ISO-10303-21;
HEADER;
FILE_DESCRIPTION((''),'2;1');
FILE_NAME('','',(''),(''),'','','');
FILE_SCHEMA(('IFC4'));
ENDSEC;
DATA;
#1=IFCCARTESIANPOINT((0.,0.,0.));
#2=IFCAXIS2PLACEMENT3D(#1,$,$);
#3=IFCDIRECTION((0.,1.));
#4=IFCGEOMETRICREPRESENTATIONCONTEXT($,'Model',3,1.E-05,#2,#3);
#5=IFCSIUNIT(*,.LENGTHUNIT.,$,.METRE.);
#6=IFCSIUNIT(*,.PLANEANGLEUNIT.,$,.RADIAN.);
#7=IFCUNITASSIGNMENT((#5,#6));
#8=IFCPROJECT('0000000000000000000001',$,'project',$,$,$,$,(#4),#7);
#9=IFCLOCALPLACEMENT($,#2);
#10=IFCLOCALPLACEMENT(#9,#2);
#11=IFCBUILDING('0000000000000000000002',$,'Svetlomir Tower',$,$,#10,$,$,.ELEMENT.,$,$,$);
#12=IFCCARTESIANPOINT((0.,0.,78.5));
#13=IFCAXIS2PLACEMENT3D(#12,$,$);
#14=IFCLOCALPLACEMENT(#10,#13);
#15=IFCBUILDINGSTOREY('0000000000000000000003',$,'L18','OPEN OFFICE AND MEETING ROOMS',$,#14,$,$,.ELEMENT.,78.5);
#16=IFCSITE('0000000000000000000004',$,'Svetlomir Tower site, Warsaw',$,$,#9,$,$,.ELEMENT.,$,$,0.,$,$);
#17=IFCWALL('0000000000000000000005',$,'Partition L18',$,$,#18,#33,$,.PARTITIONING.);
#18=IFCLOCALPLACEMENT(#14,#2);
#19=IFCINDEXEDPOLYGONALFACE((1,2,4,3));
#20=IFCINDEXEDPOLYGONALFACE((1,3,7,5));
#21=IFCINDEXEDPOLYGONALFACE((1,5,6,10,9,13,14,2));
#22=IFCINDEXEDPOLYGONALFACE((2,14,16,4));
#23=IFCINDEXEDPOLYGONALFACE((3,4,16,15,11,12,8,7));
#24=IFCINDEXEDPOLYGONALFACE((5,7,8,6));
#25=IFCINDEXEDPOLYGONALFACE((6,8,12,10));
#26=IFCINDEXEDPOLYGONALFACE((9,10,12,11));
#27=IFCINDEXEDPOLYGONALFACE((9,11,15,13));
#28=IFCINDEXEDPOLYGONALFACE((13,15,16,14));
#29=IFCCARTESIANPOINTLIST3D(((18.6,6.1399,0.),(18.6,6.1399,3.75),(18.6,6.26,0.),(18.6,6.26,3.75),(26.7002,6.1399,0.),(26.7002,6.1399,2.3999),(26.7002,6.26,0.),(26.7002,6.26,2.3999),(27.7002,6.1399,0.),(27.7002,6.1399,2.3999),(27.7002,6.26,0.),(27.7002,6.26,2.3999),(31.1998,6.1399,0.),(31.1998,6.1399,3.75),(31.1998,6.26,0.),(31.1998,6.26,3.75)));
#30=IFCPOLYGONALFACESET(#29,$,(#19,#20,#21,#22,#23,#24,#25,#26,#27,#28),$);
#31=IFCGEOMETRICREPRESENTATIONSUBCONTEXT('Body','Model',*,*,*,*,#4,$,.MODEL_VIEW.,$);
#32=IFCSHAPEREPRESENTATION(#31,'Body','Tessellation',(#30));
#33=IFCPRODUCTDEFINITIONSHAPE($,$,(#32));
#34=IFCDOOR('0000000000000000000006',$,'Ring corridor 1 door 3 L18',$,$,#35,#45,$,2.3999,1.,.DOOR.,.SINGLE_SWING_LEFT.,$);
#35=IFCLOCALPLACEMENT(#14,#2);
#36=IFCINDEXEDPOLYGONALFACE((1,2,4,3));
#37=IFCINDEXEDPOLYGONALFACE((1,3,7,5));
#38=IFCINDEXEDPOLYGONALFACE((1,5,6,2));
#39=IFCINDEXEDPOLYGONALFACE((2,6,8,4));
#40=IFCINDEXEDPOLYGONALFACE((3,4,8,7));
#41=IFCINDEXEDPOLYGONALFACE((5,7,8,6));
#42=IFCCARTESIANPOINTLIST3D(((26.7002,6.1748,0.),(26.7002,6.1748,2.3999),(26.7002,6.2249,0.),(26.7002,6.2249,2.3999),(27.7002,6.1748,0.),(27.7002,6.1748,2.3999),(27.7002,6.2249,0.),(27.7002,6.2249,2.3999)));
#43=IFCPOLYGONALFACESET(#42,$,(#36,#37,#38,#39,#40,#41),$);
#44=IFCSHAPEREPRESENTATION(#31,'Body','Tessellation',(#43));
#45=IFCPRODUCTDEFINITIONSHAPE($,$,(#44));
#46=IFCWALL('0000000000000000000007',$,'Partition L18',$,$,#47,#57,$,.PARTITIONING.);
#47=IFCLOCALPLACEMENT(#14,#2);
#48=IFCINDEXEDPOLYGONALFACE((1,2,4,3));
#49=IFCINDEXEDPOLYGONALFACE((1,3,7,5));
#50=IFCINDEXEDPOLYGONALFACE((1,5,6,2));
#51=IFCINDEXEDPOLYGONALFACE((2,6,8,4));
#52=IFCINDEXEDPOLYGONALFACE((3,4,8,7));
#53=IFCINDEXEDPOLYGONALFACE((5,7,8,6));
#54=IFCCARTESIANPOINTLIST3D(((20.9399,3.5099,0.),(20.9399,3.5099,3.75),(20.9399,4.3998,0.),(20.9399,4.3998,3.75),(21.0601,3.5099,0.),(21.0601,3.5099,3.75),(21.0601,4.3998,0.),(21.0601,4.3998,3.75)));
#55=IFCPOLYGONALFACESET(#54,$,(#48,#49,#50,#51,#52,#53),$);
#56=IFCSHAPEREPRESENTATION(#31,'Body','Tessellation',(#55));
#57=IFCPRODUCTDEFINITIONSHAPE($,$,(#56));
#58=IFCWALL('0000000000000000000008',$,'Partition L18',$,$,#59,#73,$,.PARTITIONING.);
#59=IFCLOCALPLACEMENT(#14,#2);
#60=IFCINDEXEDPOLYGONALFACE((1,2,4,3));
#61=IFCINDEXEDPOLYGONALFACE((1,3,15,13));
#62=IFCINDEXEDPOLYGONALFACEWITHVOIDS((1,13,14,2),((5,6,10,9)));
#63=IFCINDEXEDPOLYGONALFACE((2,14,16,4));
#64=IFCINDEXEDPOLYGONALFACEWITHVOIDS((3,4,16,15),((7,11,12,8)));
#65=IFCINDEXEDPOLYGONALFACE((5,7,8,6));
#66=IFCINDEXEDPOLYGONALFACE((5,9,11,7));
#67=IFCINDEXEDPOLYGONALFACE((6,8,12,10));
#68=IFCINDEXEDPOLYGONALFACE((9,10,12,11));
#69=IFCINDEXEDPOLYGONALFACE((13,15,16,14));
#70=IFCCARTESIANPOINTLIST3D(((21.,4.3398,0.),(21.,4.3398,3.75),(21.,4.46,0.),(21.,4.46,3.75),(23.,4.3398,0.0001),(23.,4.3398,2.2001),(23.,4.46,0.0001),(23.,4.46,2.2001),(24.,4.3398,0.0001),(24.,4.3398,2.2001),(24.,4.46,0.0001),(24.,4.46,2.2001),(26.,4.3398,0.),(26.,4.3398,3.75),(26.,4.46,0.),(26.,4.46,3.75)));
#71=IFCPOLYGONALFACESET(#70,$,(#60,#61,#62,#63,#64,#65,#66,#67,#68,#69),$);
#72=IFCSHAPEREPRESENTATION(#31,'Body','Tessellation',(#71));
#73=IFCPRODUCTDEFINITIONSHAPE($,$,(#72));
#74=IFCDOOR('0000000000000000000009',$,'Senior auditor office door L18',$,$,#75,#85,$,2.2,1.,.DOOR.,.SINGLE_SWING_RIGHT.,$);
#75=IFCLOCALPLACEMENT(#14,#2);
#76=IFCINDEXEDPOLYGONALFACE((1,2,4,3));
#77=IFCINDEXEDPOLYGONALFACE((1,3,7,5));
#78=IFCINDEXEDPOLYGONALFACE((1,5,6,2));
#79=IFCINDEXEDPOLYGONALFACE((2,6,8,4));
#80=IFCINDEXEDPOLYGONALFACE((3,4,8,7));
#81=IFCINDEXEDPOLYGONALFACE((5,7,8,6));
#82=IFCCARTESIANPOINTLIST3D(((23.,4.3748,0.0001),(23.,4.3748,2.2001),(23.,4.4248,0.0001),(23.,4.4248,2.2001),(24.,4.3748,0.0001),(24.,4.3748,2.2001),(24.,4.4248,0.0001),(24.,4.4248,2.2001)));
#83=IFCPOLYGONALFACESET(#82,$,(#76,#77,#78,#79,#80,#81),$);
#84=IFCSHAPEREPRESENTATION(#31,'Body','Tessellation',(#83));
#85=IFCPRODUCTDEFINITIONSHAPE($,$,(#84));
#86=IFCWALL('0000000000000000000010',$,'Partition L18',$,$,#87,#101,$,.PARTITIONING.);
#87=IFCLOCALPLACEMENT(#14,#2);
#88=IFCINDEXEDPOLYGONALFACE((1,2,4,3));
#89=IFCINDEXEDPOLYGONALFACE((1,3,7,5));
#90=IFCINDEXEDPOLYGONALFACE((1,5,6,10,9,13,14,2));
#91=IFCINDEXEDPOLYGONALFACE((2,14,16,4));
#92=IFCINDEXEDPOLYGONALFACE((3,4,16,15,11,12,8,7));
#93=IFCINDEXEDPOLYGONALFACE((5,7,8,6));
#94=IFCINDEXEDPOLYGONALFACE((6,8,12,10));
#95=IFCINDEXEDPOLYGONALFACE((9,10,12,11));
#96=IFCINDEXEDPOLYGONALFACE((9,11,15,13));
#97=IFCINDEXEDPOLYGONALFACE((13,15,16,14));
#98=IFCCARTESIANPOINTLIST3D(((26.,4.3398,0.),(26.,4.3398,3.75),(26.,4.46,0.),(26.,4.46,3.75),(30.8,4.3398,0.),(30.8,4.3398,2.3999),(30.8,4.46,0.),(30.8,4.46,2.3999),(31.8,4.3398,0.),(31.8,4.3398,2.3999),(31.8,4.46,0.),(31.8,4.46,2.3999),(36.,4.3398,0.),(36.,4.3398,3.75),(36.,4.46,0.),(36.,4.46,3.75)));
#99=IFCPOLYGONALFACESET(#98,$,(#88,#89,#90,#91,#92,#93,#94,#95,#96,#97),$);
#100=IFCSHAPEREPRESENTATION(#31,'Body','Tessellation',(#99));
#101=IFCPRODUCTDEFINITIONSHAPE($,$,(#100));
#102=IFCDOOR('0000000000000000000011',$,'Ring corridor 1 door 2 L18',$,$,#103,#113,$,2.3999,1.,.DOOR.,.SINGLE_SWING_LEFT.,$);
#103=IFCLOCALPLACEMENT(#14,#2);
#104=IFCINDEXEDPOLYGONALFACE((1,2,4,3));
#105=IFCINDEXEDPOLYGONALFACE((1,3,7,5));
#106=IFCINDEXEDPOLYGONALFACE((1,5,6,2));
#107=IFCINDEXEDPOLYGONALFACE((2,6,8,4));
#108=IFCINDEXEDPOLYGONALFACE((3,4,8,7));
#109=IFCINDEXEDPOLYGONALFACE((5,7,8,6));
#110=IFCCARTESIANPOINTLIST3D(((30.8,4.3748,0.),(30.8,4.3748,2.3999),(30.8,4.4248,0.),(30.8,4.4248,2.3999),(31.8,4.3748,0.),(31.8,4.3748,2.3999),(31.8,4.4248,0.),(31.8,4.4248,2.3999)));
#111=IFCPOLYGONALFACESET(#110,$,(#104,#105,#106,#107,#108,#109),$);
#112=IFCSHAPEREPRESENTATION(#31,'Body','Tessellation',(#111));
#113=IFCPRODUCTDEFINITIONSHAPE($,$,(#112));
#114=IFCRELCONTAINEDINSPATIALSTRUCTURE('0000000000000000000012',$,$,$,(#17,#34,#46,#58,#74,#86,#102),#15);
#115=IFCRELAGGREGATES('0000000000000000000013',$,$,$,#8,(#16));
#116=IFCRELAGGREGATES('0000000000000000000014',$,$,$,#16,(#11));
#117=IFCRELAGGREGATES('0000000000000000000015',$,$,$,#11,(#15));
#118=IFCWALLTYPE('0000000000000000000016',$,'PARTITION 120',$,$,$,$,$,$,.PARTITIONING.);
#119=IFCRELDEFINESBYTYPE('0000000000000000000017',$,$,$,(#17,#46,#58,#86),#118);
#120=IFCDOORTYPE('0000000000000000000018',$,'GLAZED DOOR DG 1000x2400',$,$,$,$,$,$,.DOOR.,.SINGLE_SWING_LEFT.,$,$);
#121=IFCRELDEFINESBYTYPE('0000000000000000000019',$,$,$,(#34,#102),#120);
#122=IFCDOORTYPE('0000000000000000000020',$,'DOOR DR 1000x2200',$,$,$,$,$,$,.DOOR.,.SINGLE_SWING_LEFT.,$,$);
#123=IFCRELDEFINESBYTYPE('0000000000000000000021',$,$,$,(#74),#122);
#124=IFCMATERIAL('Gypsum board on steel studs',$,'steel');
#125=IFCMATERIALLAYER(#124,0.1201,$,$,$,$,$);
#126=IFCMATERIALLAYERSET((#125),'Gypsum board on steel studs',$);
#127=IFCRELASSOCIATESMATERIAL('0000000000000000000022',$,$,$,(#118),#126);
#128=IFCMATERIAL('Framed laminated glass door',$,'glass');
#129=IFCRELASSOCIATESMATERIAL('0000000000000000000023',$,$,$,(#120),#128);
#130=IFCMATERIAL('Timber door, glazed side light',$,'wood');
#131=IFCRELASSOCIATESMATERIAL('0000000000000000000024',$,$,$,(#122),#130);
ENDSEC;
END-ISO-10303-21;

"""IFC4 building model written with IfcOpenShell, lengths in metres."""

from ifc_helpers import new_model, si_unit, direction, frame, frame_2d, origin, place, context, subcontext, project, spatial, rectangle, extrude, material, layer, layer_set, type_object, element, fill, save


model = new_model("IFC4")

# Units and contexts
model_context = context("Model", 3, precision=1e-05, world=origin(), true_north=direction((0.0, 1.0)))
body_context = subcontext(model_context, "Body", "Model", "MODEL_VIEW")
ifc_project = project(units=[si_unit("LENGTHUNIT", "METRE"), si_unit("PLANEANGLEUNIT", "RADIAN")], contexts=[model_context])

# Site, building, storey
site_placement = place(None, origin())
site = spatial("IfcSite", under=ifc_project, at=site_placement, Name="Svetlomir Tower site, Warsaw", CompositionType="ELEMENT", RefElevation=0.0)
building_placement = place(site_placement, origin())
building = spatial("IfcBuilding", under=site, at=building_placement, Name="Svetlomir Tower", CompositionType="ELEMENT")
storey_placement = place(building_placement, frame((0.0, 0.0, 78.5)))
storey = spatial("IfcBuildingStorey", under=building, at=storey_placement, Name="L18", Description="OPEN OFFICE AND MEETING ROOMS", CompositionType="ELEMENT", Elevation=78.5)

# Wall, opening, door
ifc_material_1 = material(Name="Gypsum board on steel studs", Category="steel")
ifc_layer_1 = layer(ifc_material_1, 0.1201)
ifc_layer_set_1 = layer_set([ifc_layer_1], Name="Gypsum board on steel studs")
wall_type_1 = type_object("IfcWallType", Name="PARTITION 120", PredefinedType="PARTITIONING", material=ifc_layer_set_1)
wall_1_placement = place(storey_placement, frame((18.6001, 6.2, 0.0), z_axis=(0.0, 0.0, 1.0), x_axis=(1.0, 0.0, 0.0)))
wall_1 = element("IfcWall", 1, at=wall_1_placement, inside=storey, type_object=wall_type_1, Name="Partition L18", PredefinedType="PARTITIONING", context=body_context, shape_type="SweptSolid", body=[
    extrude(rectangle(XDim=12.5999, YDim=0.1201, at=frame_2d((6.2998, 0.0))), origin(), (0.0, 0.0, 1.0), 3.75),
])
opening_1_placement = place(wall_1_placement, frame((8.1001, 0.0, 0.0)))
opening_1 = element("IfcOpeningElement", 2, at=opening_1_placement, cuts=wall_1, PredefinedType="OPENING", context=body_context, shape_type="SweptSolid", body=[
    extrude(rectangle(XDim=1.0, YDim=2.3999, at=frame_2d((0.5, 1.2))), frame((0.0, 0.0701, 0.0), z_axis=(0.0, -1.0, 0.0), x_axis=(1.0, 0.0, 0.0)), (0.0, 0.0, 1.0), 0.1401),
])
ifc_material_2 = material(Name="Framed laminated glass door", Category="glass")
door_type_1 = type_object("IfcDoorType", Name="GLAZED DOOR DG 1000x2400", OperationType="SINGLE_SWING_LEFT", PredefinedType="DOOR", material=ifc_material_2)
door_1_placement = place(opening_1_placement, origin())
door_1 = element("IfcDoor", 3, at=door_1_placement, inside=storey, type_object=door_type_1, Name="Ring corridor 1 door 3 L18", OperationType="SINGLE_SWING_LEFT", OverallHeight=2.3999, OverallWidth=1.0, PredefinedType="DOOR", context=body_context, shape_type="SweptSolid", body=[
    extrude(rectangle(XDim=1.0, YDim=2.3999, at=frame_2d((0.5, 1.2))), frame((0.0, 0.0249, 0.0), z_axis=(0.0, -1.0, 0.0), x_axis=(1.0, 0.0, 0.0)), (0.0, 0.0, 1.0), 0.05),
])
fill(opening_1, door_1)

# Wall
wall_2_placement = place(storey_placement, frame((21.0, 3.51, 0.0), z_axis=(0.0, 0.0, 1.0), x_axis=(0.0, 1.0, 0.0)))
element("IfcWall", 4, at=wall_2_placement, inside=storey, type_object=wall_type_1, Name="Partition L18", PredefinedType="PARTITIONING", context=body_context, shape_type="SweptSolid", body=[
    extrude(rectangle(XDim=0.8899, YDim=0.1201, at=frame_2d((0.4448, 0.0))), origin(), (0.0, 0.0, 1.0), 3.75),
])

# Walls, openings, doors
wall_3_placement = place(storey_placement, frame((21.0, 4.3999, 0.0), z_axis=(0.0, 0.0, 1.0), x_axis=(1.0, 0.0, 0.0)))
wall_3 = element("IfcWall", 5, at=wall_3_placement, inside=storey, type_object=wall_type_1, Name="Partition L18", PredefinedType="PARTITIONING", context=body_context, shape_type="SweptSolid", body=[
    extrude(rectangle(XDim=5.0, YDim=0.1201, at=frame_2d((2.5, 0.0))), origin(), (0.0, 0.0, 1.0), 3.75),
])
opening_2_placement = place(wall_3_placement, frame((2.0, 0.0, 0.0)))
opening_2 = element("IfcOpeningElement", 6, at=opening_2_placement, cuts=wall_3, PredefinedType="OPENING", context=body_context, shape_type="SweptSolid", body=[
    extrude(rectangle(XDim=1.0, YDim=2.2, at=frame_2d((0.5, 1.1001))), frame((0.0, 0.0701, 0.0), z_axis=(0.0, -1.0, 0.0), x_axis=(1.0, 0.0, 0.0)), (0.0, 0.0, 1.0), 0.1401),
])
ifc_material_3 = material(Name="Timber door, glazed side light", Category="wood")
door_type_2 = type_object("IfcDoorType", Name="DOOR DR 1000x2200", OperationType="SINGLE_SWING_LEFT", PredefinedType="DOOR", material=ifc_material_3)
door_2_placement = place(opening_2_placement, origin())
door_2 = element("IfcDoor", 7, at=door_2_placement, inside=storey, type_object=door_type_2, Name="Senior auditor office door L18", OperationType="SINGLE_SWING_RIGHT", OverallHeight=2.2, OverallWidth=1.0, PredefinedType="DOOR", context=body_context, shape_type="SweptSolid", body=[
    extrude(rectangle(XDim=1.0, YDim=2.2, at=frame_2d((0.5, 1.1001))), frame((0.0, 0.0249, 0.0), z_axis=(0.0, -1.0, 0.0), x_axis=(1.0, 0.0, 0.0)), (0.0, 0.0, 1.0), 0.05),
])
fill(opening_2, door_2)
wall_4_placement = place(storey_placement, frame((26.0, 4.3999, 0.0), z_axis=(0.0, 0.0, 1.0), x_axis=(1.0, 0.0, 0.0)))
wall_4 = element("IfcWall", 8, at=wall_4_placement, inside=storey, type_object=wall_type_1, Name="Partition L18", PredefinedType="PARTITIONING", context=body_context, shape_type="SweptSolid", body=[
    extrude(rectangle(XDim=10.0, YDim=0.1201, at=frame_2d((5.0, 0.0))), origin(), (0.0, 0.0, 1.0), 3.75),
])
opening_3_placement = place(wall_4_placement, frame((4.8, 0.0, 0.0)))
opening_3 = element("IfcOpeningElement", 9, at=opening_3_placement, cuts=wall_4, PredefinedType="OPENING", context=body_context, shape_type="SweptSolid", body=[
    extrude(rectangle(XDim=1.0, YDim=2.3999, at=frame_2d((0.5, 1.2))), frame((0.0, 0.0701, 0.0), z_axis=(0.0, -1.0, 0.0), x_axis=(1.0, 0.0, 0.0)), (0.0, 0.0, 1.0), 0.1401),
])
door_3_placement = place(opening_3_placement, origin())
door_3 = element("IfcDoor", 10, at=door_3_placement, inside=storey, type_object=door_type_1, Name="Ring corridor 1 door 2 L18", OperationType="SINGLE_SWING_LEFT", OverallHeight=2.3999, OverallWidth=1.0, PredefinedType="DOOR", context=body_context, shape_type="SweptSolid", body=[
    extrude(rectangle(XDim=1.0, YDim=2.3999, at=frame_2d((0.5, 1.2))), frame((0.0, 0.0249, 0.0), z_axis=(0.0, -1.0, 0.0), x_axis=(1.0, 0.0, 0.0)), (0.0, 0.0, 1.0), 0.05),
])
fill(opening_3, door_3)

save(model, "model.ifc")
